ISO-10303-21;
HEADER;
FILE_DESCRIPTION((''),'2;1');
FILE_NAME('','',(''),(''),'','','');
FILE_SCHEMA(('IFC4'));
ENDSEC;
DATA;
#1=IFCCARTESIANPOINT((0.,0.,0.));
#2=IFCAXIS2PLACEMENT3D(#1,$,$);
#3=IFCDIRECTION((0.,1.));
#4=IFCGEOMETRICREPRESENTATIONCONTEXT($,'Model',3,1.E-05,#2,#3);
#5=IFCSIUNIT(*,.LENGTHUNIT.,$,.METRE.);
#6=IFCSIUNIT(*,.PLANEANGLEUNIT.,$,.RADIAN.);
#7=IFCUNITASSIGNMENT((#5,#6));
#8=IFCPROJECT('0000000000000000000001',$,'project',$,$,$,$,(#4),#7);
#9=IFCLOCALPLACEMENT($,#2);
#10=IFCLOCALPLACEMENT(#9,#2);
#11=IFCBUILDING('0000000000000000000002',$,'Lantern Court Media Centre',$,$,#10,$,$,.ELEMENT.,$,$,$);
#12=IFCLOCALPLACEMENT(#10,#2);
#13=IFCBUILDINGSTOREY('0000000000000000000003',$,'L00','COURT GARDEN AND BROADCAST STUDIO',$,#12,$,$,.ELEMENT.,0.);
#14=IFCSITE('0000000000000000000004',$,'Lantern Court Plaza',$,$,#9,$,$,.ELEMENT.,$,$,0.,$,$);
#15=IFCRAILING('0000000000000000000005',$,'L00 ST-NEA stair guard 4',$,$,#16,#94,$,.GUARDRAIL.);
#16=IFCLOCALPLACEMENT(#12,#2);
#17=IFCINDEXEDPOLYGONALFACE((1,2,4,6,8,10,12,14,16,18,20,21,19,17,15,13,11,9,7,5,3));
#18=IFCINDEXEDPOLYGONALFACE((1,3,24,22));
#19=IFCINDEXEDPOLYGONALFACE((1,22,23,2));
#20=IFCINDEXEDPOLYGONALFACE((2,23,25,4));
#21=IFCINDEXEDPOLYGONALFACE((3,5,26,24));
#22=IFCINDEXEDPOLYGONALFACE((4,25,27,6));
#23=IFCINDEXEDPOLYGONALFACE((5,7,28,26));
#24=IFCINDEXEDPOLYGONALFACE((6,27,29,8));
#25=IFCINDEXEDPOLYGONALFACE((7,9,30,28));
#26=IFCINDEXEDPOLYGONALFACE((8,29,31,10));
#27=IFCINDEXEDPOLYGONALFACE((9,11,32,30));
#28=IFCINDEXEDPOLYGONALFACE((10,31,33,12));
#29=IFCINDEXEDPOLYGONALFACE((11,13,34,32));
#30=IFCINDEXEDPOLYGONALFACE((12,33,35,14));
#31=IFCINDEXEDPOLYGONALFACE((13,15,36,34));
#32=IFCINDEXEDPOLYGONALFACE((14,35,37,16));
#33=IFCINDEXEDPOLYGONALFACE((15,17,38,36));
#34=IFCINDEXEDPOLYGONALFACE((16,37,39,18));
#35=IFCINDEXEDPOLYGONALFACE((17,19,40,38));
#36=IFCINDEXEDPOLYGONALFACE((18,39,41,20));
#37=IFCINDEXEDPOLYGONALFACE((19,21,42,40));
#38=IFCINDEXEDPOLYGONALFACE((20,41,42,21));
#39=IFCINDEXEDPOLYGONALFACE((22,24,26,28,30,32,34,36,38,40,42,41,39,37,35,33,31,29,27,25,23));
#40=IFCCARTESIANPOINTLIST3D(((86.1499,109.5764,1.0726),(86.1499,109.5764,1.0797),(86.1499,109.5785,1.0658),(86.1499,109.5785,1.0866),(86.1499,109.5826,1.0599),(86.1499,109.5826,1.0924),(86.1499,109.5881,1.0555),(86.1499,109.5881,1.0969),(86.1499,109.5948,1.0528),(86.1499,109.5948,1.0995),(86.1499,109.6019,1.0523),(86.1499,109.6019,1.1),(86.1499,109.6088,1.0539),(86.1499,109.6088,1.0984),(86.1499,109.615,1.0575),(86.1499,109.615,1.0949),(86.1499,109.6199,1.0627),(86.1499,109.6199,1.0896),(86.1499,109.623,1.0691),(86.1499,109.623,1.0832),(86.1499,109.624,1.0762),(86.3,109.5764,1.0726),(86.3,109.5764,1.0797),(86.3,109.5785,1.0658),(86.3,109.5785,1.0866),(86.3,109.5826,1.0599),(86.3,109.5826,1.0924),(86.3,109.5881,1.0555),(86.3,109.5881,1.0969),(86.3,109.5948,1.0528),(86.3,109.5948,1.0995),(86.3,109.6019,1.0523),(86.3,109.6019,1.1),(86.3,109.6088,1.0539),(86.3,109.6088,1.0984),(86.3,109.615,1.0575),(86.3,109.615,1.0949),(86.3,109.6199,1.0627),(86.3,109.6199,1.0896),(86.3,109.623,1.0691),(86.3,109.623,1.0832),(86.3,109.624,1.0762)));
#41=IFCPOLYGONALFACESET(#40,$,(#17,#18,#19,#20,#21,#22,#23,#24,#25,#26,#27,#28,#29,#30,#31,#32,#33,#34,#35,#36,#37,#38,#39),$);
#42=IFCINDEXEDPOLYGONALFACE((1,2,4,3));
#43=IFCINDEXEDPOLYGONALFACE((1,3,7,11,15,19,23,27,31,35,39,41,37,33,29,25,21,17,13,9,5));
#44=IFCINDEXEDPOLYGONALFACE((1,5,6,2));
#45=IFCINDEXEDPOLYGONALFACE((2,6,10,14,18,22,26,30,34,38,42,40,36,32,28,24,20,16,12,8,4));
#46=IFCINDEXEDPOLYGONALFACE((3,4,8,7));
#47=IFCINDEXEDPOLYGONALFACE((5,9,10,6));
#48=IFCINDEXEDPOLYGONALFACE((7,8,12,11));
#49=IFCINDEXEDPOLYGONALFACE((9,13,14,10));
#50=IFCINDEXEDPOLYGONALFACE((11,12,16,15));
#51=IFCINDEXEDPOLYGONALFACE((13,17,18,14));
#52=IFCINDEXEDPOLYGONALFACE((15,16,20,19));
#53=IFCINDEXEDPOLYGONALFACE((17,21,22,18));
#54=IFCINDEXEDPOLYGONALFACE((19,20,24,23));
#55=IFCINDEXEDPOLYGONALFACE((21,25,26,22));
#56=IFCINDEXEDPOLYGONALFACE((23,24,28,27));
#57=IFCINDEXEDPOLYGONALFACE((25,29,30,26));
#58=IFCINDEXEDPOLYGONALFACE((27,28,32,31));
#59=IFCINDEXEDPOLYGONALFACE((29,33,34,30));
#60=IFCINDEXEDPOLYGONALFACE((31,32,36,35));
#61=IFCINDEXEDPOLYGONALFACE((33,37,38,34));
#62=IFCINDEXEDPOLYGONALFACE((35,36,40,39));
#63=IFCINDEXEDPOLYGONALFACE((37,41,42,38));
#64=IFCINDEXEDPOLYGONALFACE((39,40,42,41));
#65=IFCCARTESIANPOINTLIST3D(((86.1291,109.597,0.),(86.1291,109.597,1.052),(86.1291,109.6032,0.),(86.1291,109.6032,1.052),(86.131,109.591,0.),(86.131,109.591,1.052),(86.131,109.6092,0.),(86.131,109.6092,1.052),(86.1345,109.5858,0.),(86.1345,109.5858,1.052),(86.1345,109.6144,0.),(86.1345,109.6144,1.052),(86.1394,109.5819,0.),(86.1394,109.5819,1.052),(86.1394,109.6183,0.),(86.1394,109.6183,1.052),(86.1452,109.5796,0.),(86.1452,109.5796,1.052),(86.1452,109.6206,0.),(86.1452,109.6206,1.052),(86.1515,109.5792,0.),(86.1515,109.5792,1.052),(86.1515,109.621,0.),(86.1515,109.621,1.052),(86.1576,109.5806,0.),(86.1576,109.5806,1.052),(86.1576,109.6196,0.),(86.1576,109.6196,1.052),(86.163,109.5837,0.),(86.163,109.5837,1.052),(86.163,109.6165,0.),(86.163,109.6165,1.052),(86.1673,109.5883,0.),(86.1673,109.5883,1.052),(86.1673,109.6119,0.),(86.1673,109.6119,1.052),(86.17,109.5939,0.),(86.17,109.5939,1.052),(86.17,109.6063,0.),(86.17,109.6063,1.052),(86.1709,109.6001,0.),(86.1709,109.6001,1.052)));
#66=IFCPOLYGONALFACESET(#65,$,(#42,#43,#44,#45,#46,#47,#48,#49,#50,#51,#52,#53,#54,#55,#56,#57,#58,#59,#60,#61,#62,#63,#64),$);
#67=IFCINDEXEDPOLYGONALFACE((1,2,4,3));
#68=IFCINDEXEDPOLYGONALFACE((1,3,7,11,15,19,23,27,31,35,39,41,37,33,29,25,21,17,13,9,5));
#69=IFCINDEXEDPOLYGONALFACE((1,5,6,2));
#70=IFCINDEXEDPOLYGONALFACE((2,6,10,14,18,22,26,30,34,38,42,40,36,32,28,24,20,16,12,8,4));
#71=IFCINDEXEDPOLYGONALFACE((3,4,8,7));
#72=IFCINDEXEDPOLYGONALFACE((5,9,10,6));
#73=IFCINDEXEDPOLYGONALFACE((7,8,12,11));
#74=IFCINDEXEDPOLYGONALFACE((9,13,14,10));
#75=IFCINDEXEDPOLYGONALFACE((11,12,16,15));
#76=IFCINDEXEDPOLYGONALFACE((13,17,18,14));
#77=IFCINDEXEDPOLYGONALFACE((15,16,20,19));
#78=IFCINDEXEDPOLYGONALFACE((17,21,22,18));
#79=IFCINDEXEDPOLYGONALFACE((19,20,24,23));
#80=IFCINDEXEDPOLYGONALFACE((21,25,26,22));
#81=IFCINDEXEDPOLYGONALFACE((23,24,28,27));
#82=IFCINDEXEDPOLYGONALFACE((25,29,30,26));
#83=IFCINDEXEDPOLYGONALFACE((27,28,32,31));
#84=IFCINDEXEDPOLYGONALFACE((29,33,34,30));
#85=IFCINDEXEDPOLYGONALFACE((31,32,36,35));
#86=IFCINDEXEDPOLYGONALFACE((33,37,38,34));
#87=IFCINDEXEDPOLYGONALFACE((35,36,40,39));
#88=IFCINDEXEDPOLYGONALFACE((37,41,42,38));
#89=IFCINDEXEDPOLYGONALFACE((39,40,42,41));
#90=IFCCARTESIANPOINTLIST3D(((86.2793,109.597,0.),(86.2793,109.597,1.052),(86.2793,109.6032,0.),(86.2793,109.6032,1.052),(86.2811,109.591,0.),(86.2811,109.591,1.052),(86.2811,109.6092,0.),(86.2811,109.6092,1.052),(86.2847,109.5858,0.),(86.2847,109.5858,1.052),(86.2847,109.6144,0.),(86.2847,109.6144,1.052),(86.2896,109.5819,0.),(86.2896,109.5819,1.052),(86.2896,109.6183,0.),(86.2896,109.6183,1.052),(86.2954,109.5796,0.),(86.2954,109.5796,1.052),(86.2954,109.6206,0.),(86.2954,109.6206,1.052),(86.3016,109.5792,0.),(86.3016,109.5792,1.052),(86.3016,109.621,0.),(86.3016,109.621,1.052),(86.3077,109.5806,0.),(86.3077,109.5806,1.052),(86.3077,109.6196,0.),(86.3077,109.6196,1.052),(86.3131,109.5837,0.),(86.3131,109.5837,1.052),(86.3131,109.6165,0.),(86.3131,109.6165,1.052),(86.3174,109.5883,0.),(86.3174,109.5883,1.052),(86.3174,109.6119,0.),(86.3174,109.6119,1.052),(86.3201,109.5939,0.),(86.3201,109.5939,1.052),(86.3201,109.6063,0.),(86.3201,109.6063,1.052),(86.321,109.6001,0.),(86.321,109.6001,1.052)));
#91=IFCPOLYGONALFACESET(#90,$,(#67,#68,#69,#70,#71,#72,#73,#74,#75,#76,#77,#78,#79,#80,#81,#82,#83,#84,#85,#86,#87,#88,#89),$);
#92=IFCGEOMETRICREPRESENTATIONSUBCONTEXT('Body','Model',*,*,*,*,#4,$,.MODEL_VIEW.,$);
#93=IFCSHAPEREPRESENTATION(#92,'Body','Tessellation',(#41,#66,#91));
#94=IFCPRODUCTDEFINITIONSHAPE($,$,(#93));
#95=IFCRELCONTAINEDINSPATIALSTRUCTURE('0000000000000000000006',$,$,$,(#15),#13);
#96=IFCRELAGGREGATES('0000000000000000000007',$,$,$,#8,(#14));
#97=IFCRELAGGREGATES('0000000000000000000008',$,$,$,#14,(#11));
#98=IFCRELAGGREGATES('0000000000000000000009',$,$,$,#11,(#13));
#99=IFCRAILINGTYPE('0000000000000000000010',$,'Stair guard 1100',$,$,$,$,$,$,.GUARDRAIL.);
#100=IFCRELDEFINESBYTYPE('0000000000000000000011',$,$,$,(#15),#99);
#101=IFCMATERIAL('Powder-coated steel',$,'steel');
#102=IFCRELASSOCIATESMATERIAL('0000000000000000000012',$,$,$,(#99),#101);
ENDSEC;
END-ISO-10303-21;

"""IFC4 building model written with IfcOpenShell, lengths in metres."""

from ifc_helpers import new_model, si_unit, direction, frame, origin, origin_2d, place, context, subcontext, project, spatial, circle, extrude, material, type_object, element, save


model = new_model("IFC4")

# Units and contexts
model_context = context("Model", 3, precision=1e-05, world=origin(), true_north=direction((0.0, 1.0)))
body_context = subcontext(model_context, "Body", "Model", "MODEL_VIEW")
ifc_project = project(units=[si_unit("LENGTHUNIT", "METRE"), si_unit("PLANEANGLEUNIT", "RADIAN")], contexts=[model_context])

# Site, building, storey
site_placement = place(None, origin())
site = spatial("IfcSite", under=ifc_project, at=site_placement, Name="Lantern Court Plaza", CompositionType="ELEMENT", RefElevation=0.0)
building_placement = place(site_placement, origin())
building = spatial("IfcBuilding", under=site, at=building_placement, Name="Lantern Court Media Centre", CompositionType="ELEMENT")
storey_placement = place(building_placement, origin())
storey = spatial("IfcBuildingStorey", under=building, at=storey_placement, Name="L00", Description="COURT GARDEN AND BROADCAST STUDIO", CompositionType="ELEMENT", Elevation=0.0)

# Railing
ifc_material_1 = material(Name="Powder-coated steel", Category="steel")
railing_type_1 = type_object("IfcRailingType", Name="Stair guard 1100", PredefinedType="GUARDRAIL", material=ifc_material_1)
railing_1_placement = place(storey_placement, frame((86.1499, 109.6001, 0.0)))
element("IfcRailing", 1, at=railing_1_placement, inside=storey, type_object=railing_type_1, Name="L00 ST-NEA stair guard 4", PredefinedType="GUARDRAIL", context=body_context, shape_type="SweptSolid", body=[
    extrude(circle(Radius=0.0239, at=origin_2d()), frame((0.0, 0.0, 1.0762), z_axis=(1.0, 0.0, 0.0), x_axis=(0.0, 1.0, 0.0)), (0.0, 0.0, 1.0), 0.1501),
    extrude(circle(Radius=0.021, at=origin_2d()), origin(), (0.0, 0.0, 1.0), 1.052),
    extrude(circle(Radius=0.021, at=origin_2d()), frame((0.1501, 0.0, 0.0)), (0.0, 0.0, 1.0), 1.052),
])

save(model, "model.ifc")
